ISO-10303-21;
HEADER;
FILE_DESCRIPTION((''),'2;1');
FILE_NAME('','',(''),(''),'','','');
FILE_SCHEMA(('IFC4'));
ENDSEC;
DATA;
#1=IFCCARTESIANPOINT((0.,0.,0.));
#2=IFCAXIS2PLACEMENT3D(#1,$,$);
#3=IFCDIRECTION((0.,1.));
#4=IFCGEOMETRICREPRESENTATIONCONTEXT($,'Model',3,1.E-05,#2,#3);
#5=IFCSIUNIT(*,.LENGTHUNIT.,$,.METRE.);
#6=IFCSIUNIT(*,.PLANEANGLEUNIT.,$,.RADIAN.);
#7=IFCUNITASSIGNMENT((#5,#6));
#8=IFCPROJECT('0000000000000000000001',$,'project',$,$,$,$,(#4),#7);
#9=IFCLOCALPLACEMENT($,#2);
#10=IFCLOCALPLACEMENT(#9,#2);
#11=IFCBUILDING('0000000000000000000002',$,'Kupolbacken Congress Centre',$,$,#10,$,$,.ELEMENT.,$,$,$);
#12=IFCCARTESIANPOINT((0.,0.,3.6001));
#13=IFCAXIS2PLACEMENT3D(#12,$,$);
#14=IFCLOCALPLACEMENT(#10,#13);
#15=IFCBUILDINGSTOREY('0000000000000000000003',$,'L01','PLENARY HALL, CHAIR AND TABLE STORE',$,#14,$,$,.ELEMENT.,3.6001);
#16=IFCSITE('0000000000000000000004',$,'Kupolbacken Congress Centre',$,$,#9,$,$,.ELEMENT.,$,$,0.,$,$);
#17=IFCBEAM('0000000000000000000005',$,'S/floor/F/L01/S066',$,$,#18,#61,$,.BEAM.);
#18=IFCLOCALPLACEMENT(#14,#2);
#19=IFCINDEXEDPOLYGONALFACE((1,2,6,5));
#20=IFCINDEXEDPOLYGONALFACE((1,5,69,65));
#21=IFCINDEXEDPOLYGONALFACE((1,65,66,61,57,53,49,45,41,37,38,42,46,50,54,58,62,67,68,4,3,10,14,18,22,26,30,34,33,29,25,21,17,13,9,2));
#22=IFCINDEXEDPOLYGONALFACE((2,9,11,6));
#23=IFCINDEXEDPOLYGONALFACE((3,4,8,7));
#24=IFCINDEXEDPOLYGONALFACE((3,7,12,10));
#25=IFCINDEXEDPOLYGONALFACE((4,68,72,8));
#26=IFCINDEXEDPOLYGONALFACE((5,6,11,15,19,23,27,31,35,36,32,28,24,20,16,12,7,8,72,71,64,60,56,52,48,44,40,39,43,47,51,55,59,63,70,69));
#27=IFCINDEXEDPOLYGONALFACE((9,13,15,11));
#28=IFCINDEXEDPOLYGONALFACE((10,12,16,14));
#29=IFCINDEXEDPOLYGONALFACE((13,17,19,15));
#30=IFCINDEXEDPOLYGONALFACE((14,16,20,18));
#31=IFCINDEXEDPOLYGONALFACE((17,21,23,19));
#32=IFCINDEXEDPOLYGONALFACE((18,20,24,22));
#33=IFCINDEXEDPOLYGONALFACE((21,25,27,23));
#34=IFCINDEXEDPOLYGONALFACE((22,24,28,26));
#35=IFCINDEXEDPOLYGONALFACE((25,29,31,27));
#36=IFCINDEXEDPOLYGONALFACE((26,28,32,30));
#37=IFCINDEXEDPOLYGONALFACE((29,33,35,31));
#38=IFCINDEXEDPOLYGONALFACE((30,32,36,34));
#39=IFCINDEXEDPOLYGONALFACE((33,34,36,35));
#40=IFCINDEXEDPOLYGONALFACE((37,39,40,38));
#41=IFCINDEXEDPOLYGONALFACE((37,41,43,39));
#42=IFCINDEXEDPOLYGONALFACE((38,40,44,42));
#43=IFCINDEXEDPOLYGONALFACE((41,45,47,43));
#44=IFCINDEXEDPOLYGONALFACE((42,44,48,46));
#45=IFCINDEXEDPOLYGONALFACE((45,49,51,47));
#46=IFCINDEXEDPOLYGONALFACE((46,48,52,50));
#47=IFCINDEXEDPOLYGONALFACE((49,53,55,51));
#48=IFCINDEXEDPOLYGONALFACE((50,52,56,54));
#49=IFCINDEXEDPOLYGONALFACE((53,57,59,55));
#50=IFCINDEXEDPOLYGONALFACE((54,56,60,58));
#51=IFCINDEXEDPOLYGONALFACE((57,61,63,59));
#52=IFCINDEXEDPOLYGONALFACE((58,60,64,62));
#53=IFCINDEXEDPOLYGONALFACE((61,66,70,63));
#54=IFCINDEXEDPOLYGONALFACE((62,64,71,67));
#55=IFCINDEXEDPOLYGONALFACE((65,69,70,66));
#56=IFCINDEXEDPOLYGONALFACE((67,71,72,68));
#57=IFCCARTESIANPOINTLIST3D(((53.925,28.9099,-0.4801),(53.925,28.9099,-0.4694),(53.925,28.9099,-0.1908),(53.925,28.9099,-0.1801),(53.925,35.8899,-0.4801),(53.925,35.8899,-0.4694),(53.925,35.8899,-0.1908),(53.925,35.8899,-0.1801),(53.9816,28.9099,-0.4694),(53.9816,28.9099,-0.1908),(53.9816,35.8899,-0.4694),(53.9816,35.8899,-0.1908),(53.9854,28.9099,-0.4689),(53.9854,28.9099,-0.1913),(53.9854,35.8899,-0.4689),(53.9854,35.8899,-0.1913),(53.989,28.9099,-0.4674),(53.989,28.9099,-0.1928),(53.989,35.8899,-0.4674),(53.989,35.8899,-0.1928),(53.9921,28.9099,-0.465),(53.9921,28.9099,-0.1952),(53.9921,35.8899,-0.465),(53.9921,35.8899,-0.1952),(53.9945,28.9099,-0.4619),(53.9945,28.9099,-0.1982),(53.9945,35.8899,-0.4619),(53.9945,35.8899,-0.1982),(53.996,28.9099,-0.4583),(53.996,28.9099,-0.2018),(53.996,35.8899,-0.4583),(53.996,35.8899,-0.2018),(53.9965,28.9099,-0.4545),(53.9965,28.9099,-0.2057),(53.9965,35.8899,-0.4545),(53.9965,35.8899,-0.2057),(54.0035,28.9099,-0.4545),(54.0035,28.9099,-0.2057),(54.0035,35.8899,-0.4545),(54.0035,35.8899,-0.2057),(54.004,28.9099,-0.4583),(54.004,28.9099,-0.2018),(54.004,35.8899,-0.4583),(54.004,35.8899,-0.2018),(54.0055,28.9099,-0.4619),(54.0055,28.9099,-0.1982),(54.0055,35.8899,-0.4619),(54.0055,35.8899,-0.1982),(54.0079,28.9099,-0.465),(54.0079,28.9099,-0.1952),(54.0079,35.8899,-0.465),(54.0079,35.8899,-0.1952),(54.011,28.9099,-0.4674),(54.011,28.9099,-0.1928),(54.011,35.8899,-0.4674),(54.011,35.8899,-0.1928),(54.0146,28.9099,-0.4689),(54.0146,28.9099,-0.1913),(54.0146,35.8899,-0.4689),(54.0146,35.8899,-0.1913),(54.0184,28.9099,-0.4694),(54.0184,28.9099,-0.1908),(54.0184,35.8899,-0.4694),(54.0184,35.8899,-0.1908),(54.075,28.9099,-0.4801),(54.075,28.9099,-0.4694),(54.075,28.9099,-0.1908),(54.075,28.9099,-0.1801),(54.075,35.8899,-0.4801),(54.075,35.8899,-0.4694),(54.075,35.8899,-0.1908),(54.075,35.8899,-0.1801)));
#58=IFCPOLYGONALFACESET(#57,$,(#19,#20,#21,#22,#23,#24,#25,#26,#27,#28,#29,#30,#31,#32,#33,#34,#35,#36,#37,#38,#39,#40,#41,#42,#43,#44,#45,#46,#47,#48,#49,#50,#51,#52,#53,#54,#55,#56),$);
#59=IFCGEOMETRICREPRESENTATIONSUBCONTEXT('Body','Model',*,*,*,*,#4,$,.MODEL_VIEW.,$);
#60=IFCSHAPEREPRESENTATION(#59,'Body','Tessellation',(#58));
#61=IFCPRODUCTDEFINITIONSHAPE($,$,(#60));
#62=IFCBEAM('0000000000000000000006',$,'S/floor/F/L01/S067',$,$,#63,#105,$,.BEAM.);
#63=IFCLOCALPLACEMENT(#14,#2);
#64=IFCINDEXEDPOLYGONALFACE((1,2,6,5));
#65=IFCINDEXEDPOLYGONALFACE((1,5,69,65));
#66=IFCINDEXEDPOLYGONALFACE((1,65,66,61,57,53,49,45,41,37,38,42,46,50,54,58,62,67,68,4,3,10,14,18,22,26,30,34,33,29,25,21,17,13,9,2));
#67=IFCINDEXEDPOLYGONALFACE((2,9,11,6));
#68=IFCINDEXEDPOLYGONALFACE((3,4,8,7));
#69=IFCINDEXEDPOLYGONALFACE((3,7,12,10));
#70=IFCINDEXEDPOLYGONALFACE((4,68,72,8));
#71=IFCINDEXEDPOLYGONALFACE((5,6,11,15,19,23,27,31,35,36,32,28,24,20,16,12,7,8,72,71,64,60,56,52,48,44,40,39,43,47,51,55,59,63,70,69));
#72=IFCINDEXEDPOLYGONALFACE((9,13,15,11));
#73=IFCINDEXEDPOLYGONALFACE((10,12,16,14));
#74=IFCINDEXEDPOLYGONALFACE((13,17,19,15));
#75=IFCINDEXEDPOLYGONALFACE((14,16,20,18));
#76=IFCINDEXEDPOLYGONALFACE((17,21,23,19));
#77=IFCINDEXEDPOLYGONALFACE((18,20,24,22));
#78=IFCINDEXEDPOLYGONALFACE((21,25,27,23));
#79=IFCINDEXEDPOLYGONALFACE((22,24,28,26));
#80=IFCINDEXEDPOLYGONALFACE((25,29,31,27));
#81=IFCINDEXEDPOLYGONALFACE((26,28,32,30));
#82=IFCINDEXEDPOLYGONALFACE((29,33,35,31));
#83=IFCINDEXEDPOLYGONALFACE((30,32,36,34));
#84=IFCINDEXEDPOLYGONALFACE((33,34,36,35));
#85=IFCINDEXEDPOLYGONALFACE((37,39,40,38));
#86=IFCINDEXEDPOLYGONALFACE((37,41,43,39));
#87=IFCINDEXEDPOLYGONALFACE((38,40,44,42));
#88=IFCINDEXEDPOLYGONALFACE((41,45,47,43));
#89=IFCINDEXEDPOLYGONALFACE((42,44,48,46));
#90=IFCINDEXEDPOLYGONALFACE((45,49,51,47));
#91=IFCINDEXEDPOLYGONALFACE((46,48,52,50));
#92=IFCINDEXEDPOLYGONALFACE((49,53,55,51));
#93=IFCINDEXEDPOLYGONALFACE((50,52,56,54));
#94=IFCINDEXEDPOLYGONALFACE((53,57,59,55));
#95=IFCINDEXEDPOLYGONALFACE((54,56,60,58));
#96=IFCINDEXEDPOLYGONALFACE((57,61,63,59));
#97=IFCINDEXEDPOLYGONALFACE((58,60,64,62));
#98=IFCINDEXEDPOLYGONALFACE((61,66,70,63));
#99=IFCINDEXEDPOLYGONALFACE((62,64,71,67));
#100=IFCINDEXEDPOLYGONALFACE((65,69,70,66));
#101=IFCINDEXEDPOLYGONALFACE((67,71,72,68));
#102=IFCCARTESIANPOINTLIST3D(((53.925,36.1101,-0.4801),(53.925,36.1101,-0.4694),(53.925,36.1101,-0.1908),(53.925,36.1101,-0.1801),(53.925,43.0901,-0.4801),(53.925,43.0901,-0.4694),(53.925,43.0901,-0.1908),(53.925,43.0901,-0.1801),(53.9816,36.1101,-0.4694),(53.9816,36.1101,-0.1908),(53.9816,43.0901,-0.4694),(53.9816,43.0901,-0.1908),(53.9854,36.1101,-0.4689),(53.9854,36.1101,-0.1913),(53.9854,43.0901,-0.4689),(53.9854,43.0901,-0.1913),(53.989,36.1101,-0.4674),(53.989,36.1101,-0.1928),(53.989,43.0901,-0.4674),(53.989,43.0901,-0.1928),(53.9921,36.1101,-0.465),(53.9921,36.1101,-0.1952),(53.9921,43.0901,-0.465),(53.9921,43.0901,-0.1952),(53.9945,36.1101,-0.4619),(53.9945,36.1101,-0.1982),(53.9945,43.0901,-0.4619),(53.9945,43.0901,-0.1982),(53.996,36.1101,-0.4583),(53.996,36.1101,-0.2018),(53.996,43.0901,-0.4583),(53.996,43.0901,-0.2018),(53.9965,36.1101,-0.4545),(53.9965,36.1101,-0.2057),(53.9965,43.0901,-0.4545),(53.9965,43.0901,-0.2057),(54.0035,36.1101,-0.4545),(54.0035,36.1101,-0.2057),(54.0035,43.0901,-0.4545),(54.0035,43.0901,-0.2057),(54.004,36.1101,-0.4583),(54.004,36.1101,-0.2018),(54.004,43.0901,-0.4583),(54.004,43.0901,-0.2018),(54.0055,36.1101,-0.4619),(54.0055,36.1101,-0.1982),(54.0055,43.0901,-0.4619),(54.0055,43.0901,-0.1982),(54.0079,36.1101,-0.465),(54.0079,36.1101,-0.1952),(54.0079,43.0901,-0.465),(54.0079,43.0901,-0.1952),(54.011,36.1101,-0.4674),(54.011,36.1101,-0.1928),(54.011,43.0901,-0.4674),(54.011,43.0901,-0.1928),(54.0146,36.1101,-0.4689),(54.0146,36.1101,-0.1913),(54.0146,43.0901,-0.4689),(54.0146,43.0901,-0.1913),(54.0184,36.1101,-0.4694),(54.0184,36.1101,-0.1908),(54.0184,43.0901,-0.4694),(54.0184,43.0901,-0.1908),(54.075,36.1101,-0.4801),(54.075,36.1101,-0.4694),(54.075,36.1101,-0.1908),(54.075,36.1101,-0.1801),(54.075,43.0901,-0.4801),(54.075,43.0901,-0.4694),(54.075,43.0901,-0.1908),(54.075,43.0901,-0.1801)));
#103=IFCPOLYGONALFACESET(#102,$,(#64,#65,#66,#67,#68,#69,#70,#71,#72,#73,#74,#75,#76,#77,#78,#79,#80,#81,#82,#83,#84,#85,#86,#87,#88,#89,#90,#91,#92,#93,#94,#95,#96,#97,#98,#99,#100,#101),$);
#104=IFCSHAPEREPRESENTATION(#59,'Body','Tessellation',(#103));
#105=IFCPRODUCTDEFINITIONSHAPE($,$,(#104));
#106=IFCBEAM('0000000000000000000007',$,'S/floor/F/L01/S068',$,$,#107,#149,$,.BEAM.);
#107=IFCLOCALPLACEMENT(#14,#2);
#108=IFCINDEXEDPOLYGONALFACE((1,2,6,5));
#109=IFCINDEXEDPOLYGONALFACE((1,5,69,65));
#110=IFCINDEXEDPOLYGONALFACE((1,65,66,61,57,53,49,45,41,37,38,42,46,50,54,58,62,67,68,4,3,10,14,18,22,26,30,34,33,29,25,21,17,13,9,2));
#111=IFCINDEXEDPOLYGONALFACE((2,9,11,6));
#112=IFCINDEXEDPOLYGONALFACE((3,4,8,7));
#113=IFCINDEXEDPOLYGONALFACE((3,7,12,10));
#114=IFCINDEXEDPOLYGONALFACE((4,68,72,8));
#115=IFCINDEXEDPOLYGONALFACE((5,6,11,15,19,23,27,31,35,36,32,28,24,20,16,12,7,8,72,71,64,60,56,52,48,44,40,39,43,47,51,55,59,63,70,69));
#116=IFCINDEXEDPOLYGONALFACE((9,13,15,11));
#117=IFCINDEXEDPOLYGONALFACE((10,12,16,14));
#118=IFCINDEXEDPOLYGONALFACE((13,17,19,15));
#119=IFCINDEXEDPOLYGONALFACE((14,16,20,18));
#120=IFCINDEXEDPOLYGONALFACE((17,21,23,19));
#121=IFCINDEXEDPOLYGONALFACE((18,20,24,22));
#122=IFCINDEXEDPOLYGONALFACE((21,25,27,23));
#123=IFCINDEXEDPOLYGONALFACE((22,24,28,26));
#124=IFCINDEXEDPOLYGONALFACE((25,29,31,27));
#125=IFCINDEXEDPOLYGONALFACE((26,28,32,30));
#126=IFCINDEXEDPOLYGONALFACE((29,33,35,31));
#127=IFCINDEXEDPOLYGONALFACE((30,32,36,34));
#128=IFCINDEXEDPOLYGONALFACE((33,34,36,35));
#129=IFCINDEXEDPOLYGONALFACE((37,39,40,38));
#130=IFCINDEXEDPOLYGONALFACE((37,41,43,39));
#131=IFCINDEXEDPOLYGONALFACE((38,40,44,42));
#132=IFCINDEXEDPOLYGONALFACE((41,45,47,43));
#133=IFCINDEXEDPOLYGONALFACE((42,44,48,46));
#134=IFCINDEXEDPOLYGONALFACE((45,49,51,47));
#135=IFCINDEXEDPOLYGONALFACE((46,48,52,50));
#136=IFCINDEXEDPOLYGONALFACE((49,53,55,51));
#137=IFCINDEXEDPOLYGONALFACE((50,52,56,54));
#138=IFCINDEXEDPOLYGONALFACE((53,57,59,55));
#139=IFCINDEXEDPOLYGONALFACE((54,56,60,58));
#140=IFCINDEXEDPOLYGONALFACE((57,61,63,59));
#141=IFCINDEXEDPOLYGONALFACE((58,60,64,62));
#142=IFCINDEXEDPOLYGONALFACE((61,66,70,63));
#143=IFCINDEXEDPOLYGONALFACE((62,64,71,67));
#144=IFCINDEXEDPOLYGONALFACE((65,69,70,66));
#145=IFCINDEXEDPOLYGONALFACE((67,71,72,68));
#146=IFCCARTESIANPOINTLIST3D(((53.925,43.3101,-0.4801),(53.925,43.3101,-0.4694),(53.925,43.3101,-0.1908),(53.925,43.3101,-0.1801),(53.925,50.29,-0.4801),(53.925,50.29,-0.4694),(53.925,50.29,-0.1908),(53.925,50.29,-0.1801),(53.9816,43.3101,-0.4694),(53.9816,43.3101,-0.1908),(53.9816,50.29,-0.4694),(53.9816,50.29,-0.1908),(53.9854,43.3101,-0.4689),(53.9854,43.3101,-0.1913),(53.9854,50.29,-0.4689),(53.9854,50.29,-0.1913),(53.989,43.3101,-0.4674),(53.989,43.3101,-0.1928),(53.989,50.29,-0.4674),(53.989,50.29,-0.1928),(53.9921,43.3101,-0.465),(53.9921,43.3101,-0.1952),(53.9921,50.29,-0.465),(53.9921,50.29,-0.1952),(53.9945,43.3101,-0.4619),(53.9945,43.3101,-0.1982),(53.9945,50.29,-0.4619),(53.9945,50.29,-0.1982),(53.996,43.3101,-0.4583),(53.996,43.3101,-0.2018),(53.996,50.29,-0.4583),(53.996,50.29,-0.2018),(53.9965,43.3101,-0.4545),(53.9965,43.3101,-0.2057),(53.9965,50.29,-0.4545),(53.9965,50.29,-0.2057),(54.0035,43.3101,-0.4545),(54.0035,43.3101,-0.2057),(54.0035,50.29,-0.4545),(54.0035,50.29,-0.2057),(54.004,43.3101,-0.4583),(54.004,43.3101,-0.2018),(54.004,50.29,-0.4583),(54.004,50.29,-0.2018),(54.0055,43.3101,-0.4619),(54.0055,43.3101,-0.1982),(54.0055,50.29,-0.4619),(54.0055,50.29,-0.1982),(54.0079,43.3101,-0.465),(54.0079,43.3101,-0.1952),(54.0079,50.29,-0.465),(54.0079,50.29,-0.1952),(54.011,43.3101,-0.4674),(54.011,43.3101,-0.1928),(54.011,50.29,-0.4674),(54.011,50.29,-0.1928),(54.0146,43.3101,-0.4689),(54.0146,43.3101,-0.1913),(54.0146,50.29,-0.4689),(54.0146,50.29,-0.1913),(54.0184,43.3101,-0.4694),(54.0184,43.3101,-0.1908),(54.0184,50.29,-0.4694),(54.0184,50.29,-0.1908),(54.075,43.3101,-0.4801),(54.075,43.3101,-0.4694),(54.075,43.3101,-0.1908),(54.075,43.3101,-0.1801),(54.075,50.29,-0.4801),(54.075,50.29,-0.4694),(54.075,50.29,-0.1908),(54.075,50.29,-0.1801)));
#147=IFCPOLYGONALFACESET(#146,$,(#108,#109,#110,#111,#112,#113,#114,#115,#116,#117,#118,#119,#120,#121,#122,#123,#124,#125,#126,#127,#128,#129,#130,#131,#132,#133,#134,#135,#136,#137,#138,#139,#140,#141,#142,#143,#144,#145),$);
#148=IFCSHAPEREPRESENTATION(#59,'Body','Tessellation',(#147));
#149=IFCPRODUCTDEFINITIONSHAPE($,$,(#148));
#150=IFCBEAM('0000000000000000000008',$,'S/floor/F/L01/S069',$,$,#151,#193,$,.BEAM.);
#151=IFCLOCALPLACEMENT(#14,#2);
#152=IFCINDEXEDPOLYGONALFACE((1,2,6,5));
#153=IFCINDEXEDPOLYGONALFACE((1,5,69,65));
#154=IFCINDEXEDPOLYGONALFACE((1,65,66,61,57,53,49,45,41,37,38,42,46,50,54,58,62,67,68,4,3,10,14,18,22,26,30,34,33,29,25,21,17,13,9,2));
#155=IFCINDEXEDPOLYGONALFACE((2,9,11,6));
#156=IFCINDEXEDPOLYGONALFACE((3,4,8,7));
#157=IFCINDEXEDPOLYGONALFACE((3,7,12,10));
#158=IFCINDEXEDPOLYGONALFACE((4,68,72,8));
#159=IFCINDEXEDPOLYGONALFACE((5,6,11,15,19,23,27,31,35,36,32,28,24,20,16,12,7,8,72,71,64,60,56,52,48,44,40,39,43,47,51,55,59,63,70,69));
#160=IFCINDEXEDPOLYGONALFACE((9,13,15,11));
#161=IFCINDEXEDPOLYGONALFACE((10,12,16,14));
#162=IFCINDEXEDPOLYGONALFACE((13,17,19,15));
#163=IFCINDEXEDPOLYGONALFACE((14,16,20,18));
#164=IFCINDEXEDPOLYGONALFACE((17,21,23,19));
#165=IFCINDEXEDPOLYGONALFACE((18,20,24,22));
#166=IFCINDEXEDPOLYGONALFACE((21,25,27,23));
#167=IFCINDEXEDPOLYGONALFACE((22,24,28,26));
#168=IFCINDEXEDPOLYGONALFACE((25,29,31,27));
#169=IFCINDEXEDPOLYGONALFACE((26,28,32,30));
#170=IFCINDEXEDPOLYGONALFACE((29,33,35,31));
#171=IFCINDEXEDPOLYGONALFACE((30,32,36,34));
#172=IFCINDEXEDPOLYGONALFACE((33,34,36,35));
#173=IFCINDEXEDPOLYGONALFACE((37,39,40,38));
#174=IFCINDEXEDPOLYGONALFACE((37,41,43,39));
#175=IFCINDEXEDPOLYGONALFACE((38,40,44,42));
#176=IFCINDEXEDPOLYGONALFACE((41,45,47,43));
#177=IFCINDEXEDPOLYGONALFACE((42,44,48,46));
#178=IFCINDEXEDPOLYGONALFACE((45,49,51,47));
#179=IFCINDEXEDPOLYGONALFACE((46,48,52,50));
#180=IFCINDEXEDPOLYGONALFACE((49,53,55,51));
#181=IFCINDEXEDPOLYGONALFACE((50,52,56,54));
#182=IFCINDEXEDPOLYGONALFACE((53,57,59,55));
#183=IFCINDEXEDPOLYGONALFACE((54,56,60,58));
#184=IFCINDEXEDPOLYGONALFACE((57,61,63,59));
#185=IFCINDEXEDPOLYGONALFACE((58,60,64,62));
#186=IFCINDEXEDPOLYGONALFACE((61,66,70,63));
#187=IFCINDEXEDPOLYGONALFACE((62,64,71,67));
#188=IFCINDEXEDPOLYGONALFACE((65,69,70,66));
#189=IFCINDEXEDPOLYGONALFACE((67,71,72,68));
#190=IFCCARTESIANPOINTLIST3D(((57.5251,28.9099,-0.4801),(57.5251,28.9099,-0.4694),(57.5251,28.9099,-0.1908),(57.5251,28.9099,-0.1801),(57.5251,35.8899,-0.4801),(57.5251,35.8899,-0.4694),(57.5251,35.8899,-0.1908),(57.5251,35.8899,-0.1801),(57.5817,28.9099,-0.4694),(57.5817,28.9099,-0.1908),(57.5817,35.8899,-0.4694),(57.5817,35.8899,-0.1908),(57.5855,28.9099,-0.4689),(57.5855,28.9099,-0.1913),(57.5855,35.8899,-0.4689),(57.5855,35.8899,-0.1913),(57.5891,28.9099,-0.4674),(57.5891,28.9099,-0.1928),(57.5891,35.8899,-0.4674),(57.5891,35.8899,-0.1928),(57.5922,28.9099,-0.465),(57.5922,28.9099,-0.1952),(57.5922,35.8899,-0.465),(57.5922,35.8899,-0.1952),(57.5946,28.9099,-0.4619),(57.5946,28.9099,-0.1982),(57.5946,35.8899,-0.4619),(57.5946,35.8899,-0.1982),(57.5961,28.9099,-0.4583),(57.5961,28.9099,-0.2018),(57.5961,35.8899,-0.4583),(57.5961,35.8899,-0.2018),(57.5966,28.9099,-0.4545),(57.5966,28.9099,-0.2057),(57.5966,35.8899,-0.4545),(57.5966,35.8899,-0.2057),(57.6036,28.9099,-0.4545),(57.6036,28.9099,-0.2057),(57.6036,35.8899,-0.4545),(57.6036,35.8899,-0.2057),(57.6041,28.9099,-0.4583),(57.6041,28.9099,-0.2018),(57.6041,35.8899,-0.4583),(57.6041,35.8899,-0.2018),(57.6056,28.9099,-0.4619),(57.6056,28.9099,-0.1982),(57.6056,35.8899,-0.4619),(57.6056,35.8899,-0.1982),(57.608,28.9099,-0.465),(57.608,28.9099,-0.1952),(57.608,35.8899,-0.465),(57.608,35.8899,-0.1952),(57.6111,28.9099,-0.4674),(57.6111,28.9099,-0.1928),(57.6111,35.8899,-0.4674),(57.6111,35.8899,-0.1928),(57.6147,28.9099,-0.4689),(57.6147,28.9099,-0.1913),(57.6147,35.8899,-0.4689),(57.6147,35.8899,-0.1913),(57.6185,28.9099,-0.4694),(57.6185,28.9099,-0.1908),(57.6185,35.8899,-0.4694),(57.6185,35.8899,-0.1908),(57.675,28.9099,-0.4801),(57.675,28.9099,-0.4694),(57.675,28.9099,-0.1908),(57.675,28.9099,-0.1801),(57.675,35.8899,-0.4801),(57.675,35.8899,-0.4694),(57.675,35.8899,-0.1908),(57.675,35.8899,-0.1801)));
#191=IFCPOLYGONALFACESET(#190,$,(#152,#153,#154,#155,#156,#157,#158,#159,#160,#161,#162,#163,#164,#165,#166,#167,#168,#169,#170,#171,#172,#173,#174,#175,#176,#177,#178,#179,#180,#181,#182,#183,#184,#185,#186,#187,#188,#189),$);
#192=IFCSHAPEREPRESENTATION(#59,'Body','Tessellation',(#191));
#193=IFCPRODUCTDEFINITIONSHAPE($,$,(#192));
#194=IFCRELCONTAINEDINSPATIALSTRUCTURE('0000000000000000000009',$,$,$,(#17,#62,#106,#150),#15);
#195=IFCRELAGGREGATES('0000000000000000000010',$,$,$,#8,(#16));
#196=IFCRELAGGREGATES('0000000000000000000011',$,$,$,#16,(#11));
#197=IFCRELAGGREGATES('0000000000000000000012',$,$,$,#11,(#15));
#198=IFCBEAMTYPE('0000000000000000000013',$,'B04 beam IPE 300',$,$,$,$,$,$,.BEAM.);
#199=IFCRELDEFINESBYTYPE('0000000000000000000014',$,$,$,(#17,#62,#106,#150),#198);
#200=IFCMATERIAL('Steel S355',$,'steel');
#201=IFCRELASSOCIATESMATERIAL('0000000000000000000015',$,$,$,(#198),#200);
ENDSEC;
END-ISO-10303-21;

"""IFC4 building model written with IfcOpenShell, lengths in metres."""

from ifc_helpers import new_model, si_unit, direction, frame, origin, origin_2d, place, context, subcontext, project, spatial, i_section, extrude, material, material_profile, profile_set, type_object, element, save


model = new_model("IFC4")

# Units and contexts
model_context = context("Model", 3, precision=1e-05, world=origin(), true_north=direction((0.0, 1.0)))
body_context = subcontext(model_context, "Body", "Model", "MODEL_VIEW")
ifc_project = project(units=[si_unit("LENGTHUNIT", "METRE"), si_unit("PLANEANGLEUNIT", "RADIAN")], contexts=[model_context])

# Site, building, storey
site_placement = place(None, origin())
site = spatial("IfcSite", under=ifc_project, at=site_placement, Name="Kupolbacken Congress Centre", CompositionType="ELEMENT", RefElevation=0.0)
building_placement = place(site_placement, origin())
building = spatial("IfcBuilding", under=site, at=building_placement, Name="Kupolbacken Congress Centre", CompositionType="ELEMENT")
storey_placement = place(building_placement, frame((0.0, 0.0, 3.6001)))
storey = spatial("IfcBuildingStorey", under=building, at=storey_placement, Name="L01", Description="PLENARY HALL, CHAIR AND TABLE STORE", CompositionType="ELEMENT", Elevation=3.6001)

# Beams
ifc_material_1 = material(Name="Steel S355", Category="steel")
ifc_material_profile_1 = material_profile(ifc_material_1, i_section(OverallWidth=0.1499, OverallDepth=0.3, WebThickness=0.0071, FlangeThickness=0.0107, FilletRadius=0.0149, at=origin_2d()), Name="IPE 300")
ifc_profile_set_1 = profile_set([ifc_material_profile_1], Name="Steel S355")
beam_type_1 = type_object("IfcBeamType", Name="B04 beam IPE 300", PredefinedType="BEAM", material=ifc_profile_set_1)
for number, where, z_axis, x_axis, name in (
    (1, (54.0, 28.9099, -0.3301), (0.0, 1.0, 0.0), (-1.0, 0.0, 0.0), "S/floor/F/L01/S066"),
    (2, (54.0, 36.1101, -0.3301), (0.0, 1.0, 0.0), (-1.0, 0.0, 0.0), "S/floor/F/L01/S067"),
    (3, (54.0, 43.3101, -0.3301), (0.0, 1.0, 0.0), (-1.0, 0.0, 0.0), "S/floor/F/L01/S068"),
    (4, (57.6001, 28.9099, -0.3301), (0.0, 1.0, 0.0), (-1.0, 0.0, 0.0), "S/floor/F/L01/S069"),
):
    element("IfcBeam", number, at=place(storey_placement, frame(where, z_axis=z_axis, x_axis=x_axis)), inside=storey, type_object=beam_type_1, Name=name, PredefinedType="BEAM", context=body_context, shape_type="SweptSolid", body=[
        extrude(i_section(OverallWidth=0.1499, OverallDepth=0.3, WebThickness=0.0071, FlangeThickness=0.0107, FilletRadius=0.0149, at=origin_2d()), origin(), (0.0, 0.0, 1.0), 6.98),
    ])

save(model, "model.ifc")
